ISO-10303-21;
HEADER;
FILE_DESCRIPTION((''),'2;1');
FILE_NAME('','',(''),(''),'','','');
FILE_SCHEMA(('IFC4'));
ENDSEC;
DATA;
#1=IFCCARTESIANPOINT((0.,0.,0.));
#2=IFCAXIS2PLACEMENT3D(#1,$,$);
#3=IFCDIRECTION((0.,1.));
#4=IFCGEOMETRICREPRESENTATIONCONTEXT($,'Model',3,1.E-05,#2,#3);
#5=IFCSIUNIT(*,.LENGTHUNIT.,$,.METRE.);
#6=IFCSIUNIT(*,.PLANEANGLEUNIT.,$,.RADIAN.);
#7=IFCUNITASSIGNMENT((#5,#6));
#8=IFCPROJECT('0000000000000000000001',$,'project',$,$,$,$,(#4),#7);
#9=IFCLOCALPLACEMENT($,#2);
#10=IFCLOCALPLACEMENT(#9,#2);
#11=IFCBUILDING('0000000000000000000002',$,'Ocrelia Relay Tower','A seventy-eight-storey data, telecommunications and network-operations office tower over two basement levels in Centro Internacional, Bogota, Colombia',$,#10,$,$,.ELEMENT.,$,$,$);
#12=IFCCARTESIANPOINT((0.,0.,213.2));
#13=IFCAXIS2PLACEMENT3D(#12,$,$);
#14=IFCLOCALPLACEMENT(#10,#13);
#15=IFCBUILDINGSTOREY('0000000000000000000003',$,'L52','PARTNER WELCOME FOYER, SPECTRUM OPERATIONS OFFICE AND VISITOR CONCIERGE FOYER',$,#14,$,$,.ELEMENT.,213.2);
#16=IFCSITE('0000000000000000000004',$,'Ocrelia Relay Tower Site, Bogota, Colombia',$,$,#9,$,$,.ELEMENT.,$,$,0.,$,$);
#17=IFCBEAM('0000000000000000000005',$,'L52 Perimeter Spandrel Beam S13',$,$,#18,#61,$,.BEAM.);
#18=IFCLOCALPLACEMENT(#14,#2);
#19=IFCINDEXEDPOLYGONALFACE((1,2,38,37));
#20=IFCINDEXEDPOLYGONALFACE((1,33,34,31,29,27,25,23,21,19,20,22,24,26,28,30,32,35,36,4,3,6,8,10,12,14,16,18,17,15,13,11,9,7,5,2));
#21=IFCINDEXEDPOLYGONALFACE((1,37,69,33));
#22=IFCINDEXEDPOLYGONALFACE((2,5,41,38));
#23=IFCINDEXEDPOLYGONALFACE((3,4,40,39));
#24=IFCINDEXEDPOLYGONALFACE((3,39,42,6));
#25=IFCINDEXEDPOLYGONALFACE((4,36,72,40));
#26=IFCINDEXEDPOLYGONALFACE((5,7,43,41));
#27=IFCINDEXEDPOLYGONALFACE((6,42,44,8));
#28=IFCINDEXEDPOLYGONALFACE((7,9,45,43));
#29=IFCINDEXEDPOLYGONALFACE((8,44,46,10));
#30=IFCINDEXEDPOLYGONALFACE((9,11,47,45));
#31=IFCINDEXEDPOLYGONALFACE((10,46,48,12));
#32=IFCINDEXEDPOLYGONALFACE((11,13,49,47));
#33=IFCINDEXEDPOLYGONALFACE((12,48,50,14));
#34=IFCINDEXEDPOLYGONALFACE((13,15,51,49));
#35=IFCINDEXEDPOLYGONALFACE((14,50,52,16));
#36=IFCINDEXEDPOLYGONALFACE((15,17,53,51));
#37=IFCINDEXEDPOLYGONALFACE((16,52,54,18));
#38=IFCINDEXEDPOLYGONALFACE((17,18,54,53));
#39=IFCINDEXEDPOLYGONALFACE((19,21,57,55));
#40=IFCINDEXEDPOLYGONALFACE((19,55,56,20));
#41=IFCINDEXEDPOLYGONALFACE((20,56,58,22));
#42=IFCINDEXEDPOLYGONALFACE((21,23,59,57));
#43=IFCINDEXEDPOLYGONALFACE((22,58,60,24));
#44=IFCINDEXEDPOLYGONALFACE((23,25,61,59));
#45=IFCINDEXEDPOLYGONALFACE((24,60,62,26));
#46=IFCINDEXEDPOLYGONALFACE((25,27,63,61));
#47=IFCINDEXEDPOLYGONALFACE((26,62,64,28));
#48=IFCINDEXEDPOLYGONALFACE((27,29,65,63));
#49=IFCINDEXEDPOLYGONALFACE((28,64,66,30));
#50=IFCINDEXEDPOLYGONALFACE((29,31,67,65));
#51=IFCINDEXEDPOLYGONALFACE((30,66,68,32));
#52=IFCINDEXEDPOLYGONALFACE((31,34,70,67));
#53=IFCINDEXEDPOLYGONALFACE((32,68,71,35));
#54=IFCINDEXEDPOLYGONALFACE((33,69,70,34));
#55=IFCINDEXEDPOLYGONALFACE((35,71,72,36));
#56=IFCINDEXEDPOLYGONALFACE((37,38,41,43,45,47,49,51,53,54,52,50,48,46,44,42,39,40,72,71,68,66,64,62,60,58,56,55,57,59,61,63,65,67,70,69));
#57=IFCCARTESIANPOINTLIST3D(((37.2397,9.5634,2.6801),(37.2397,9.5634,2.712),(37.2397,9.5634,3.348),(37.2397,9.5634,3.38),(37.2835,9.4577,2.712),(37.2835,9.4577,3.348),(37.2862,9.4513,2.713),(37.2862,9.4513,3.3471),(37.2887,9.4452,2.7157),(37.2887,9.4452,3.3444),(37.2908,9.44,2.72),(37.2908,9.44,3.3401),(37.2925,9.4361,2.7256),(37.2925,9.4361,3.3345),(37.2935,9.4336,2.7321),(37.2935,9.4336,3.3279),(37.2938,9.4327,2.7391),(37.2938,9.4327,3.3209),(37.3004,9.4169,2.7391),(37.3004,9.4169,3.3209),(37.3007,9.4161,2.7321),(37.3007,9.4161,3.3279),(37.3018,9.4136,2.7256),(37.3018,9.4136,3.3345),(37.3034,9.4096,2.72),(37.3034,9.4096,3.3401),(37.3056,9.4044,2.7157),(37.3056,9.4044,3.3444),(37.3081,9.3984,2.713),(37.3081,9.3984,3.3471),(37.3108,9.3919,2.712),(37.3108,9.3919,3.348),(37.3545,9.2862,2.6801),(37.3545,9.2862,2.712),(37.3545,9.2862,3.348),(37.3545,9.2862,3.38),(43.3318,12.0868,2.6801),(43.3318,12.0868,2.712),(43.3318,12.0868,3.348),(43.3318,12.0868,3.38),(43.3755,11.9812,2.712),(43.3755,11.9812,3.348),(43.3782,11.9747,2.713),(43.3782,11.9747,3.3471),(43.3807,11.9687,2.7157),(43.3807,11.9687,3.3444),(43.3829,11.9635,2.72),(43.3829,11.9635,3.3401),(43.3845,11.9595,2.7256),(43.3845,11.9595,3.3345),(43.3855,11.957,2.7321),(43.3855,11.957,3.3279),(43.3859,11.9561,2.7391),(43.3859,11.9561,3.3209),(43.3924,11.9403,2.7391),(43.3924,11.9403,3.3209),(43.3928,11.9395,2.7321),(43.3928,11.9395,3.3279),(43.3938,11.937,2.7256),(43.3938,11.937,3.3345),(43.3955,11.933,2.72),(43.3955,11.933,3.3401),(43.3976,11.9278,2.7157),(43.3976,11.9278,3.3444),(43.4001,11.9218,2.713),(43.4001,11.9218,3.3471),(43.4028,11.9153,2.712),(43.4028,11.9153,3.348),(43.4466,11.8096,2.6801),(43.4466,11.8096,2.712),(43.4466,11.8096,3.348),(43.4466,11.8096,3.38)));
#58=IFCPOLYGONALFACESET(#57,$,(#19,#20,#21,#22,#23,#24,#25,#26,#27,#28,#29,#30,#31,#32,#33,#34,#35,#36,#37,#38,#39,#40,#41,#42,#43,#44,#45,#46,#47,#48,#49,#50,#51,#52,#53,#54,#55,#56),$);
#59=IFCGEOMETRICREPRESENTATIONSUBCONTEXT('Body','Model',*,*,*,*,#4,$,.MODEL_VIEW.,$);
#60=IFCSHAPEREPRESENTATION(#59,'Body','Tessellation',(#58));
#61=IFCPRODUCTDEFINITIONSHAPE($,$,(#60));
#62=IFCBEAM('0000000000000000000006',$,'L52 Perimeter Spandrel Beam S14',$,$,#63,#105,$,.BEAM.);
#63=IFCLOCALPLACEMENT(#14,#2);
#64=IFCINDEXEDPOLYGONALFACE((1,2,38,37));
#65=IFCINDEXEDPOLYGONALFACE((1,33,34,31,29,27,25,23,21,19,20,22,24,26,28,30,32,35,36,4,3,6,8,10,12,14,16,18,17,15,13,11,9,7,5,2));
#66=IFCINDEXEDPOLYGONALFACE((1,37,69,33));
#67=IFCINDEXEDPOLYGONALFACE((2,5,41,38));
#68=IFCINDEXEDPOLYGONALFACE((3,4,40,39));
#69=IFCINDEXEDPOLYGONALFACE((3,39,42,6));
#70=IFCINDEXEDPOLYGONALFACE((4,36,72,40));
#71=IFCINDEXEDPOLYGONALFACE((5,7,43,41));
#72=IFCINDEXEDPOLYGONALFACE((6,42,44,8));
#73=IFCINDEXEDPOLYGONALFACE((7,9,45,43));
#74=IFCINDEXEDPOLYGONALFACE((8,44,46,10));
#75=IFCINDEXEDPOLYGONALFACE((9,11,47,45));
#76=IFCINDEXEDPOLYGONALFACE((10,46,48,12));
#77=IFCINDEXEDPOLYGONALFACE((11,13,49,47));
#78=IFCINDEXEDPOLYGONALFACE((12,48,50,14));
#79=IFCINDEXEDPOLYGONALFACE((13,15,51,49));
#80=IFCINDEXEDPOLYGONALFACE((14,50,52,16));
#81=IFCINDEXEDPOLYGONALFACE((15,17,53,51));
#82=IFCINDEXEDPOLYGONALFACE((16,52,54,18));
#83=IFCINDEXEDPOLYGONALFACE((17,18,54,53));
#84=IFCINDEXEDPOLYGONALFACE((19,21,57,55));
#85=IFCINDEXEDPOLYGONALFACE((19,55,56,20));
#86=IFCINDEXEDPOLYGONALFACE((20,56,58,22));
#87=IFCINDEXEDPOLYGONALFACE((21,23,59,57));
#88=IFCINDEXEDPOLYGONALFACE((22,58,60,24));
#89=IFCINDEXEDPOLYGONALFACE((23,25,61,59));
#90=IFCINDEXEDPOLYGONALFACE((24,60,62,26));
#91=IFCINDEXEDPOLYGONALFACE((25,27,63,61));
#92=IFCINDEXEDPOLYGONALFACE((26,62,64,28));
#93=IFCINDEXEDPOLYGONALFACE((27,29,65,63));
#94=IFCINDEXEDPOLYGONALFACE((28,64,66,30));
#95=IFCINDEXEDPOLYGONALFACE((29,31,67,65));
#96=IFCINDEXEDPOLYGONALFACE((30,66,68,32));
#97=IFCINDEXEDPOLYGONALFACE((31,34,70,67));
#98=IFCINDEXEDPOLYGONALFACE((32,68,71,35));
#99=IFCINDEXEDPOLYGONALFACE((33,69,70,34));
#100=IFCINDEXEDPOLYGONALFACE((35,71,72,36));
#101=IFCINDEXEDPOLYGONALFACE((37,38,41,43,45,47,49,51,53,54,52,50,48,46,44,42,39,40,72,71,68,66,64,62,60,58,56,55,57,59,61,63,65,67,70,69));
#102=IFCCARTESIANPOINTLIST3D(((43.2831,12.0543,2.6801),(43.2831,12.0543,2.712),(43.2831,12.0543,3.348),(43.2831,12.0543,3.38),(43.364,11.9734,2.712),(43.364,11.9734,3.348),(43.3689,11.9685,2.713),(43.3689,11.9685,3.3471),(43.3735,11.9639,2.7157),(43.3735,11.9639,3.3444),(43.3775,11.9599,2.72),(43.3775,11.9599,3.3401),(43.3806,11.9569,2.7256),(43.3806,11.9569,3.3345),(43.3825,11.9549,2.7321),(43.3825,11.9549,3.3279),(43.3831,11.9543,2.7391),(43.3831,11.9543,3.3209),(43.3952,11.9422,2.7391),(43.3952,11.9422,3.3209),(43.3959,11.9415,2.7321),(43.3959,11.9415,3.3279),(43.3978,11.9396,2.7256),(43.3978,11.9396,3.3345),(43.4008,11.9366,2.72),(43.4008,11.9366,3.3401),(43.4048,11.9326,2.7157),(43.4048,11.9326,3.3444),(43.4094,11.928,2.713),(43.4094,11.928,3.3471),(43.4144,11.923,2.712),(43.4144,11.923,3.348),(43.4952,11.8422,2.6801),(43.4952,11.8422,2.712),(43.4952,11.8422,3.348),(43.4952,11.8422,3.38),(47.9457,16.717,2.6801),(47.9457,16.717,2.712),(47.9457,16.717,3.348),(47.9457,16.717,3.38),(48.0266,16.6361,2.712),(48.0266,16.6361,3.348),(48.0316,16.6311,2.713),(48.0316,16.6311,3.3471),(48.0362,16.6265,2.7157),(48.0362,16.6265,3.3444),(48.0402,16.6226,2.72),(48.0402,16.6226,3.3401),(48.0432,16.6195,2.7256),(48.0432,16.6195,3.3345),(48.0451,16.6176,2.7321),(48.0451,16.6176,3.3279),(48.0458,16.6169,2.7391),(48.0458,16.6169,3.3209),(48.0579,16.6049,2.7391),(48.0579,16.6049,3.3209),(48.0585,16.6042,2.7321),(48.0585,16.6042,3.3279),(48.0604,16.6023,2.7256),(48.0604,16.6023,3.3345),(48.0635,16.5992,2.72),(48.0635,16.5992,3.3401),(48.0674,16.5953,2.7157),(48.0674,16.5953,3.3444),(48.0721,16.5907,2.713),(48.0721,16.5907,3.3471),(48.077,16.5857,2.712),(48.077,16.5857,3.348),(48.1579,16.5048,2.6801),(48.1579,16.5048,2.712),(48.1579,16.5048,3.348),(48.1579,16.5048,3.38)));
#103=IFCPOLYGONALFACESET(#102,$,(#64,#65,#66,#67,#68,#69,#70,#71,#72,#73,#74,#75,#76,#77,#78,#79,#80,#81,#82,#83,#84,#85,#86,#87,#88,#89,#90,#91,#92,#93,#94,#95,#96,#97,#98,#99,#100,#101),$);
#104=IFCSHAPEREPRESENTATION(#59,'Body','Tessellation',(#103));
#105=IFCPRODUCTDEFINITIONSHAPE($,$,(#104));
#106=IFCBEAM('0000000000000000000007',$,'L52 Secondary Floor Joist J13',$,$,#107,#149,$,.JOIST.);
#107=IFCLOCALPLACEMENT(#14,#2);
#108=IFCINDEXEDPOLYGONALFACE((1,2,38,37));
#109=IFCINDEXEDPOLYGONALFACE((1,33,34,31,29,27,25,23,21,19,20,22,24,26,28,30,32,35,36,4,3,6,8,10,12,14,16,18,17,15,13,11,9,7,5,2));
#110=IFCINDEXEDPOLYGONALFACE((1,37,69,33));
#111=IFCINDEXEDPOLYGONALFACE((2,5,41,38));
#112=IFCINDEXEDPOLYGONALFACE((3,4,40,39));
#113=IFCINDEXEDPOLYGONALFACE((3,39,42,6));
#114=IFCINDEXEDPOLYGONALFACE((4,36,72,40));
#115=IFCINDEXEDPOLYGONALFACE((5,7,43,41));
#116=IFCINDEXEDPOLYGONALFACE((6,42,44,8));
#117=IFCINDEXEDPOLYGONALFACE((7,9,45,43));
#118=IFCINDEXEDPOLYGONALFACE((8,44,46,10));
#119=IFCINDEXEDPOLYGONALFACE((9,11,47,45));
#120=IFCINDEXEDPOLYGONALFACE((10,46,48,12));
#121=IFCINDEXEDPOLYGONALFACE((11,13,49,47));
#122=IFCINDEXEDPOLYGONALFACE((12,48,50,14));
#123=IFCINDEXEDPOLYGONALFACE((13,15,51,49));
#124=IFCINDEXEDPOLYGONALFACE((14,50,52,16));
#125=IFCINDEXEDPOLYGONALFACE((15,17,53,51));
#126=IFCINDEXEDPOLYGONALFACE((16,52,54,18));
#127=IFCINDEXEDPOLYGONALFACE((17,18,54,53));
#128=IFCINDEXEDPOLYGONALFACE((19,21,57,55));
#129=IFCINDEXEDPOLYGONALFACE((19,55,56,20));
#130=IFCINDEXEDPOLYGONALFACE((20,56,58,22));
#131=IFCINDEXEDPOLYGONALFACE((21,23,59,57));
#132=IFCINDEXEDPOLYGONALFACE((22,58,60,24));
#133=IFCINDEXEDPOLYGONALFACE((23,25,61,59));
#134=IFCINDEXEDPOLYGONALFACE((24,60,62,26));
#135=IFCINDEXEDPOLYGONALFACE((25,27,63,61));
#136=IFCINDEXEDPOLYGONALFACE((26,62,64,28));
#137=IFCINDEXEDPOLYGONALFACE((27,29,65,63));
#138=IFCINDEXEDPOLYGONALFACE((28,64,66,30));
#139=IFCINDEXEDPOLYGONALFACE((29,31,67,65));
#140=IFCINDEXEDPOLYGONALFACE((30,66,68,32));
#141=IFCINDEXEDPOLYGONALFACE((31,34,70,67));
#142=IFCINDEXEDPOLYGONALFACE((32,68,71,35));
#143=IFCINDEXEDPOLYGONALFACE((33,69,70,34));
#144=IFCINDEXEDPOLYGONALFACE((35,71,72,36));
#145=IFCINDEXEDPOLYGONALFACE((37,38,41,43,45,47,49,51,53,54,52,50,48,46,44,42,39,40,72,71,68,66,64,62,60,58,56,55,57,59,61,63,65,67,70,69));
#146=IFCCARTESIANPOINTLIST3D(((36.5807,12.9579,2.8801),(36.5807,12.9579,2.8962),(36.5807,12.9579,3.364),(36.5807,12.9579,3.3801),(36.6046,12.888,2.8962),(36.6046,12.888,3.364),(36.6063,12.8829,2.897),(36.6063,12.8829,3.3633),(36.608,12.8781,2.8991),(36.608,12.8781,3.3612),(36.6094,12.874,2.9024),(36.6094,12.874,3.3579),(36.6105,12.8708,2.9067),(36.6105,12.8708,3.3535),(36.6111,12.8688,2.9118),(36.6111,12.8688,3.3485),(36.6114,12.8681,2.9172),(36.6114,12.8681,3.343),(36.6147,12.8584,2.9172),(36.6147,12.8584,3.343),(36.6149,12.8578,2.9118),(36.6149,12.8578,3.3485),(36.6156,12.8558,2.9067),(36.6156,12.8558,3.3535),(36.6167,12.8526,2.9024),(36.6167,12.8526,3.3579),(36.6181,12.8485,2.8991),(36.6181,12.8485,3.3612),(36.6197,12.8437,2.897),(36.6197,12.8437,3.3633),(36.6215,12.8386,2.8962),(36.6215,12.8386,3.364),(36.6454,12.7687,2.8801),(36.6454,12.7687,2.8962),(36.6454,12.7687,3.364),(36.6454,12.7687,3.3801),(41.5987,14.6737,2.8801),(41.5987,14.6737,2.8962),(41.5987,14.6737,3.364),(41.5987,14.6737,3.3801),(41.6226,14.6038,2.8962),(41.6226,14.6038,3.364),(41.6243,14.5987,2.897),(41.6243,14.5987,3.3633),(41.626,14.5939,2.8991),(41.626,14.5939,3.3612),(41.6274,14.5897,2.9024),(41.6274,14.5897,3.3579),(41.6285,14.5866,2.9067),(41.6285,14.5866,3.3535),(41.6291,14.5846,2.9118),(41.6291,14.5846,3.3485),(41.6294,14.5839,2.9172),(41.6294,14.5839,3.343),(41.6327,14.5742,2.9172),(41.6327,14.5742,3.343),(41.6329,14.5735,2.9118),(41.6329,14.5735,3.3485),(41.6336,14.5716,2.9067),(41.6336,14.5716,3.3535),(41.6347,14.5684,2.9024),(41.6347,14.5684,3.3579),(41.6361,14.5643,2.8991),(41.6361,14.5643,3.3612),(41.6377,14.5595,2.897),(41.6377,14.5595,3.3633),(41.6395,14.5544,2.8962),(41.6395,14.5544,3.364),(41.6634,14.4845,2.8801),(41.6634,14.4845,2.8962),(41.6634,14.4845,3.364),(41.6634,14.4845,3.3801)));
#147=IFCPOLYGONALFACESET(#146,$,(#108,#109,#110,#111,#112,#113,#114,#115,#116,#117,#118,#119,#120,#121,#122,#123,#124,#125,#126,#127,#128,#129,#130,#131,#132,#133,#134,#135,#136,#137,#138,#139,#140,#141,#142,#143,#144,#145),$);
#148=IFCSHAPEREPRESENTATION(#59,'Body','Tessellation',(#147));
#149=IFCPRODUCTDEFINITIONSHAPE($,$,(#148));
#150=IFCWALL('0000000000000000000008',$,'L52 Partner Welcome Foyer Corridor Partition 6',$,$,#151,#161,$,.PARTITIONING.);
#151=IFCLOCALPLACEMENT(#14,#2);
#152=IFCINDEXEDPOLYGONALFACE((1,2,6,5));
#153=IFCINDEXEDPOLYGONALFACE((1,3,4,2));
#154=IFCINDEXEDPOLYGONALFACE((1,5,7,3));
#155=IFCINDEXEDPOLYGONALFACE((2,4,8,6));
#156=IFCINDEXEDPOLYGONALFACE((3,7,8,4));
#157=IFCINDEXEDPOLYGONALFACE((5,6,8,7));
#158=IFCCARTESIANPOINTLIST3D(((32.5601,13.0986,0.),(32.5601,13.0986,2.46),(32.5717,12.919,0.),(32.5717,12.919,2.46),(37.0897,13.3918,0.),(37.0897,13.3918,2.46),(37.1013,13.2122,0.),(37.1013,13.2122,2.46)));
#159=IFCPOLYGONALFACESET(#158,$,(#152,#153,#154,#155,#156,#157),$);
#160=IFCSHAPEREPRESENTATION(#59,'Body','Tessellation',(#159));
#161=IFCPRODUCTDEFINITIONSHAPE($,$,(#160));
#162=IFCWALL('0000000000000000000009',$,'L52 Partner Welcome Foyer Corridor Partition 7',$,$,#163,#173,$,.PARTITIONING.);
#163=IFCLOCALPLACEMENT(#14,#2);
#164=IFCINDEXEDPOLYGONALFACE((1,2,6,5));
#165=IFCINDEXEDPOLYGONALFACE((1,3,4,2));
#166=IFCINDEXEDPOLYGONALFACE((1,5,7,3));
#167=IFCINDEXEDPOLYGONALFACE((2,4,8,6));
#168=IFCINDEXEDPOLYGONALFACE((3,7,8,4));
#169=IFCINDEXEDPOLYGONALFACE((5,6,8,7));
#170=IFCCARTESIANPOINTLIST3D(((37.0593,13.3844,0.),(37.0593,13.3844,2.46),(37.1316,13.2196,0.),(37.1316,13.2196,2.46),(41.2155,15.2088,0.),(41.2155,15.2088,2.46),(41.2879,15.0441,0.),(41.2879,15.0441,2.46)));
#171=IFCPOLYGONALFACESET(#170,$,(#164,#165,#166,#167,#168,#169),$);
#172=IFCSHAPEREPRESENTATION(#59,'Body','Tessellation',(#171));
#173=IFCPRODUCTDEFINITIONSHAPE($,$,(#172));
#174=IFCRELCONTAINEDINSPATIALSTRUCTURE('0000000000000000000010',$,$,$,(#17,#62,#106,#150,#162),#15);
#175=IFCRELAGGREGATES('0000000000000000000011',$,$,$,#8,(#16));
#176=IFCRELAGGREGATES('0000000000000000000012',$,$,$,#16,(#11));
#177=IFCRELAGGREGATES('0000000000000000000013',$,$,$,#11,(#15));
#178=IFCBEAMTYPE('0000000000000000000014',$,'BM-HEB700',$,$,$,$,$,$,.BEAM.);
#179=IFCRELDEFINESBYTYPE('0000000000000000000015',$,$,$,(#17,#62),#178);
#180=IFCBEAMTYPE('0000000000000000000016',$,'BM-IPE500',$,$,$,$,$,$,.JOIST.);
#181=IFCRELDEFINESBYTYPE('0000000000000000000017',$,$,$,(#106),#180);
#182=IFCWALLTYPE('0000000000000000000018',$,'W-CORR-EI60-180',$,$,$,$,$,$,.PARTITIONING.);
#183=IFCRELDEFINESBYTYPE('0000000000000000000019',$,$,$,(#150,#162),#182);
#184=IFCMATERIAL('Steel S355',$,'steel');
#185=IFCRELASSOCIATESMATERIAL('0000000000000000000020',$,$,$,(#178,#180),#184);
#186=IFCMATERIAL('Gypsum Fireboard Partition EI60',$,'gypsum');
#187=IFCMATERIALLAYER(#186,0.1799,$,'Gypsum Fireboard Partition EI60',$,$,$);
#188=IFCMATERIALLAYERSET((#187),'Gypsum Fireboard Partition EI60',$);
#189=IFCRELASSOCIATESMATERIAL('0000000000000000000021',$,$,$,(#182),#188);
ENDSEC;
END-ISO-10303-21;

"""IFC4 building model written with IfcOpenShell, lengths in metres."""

from ifc_helpers import new_model, si_unit, direction, frame, frame_2d, origin, origin_2d, place, context, subcontext, project, spatial, rectangle, i_section, extrude, material, layer, layer_set, material_profile, profile_set, type_object, element, save


model = new_model("IFC4")

# Units and contexts
model_context = context("Model", 3, precision=1e-05, world=origin(), true_north=direction((0.0, 1.0)))
body_context = subcontext(model_context, "Body", "Model", "MODEL_VIEW")
ifc_project = project(units=[si_unit("LENGTHUNIT", "METRE"), si_unit("PLANEANGLEUNIT", "RADIAN")], contexts=[model_context])

# Site, building, storey
site_placement = place(None, origin())
site = spatial("IfcSite", under=ifc_project, at=site_placement, Name="Ocrelia Relay Tower Site, Bogota, Colombia", CompositionType="ELEMENT", RefElevation=0.0)
building_placement = place(site_placement, origin())
building = spatial("IfcBuilding", under=site, at=building_placement, Name="Ocrelia Relay Tower", Description="A seventy-eight-storey data, telecommunications and network-operations office tower over two basement levels in Centro Internacional, Bogota, Colombia", CompositionType="ELEMENT")
storey_placement = place(building_placement, frame((0.0, 0.0, 213.2)))
storey = spatial("IfcBuildingStorey", under=building, at=storey_placement, Name="L52", Description="PARTNER WELCOME FOYER, SPECTRUM OPERATIONS OFFICE AND VISITOR CONCIERGE FOYER", CompositionType="ELEMENT", Elevation=213.2)

# Beams
ifc_material_1 = material(Name="Steel S355", Category="steel")
ifc_material_profile_1 = material_profile(ifc_material_1, i_section(OverallWidth=0.3, OverallDepth=0.7, WebThickness=0.0171, FlangeThickness=0.032, FilletRadius=0.0271, at=origin_2d()), Name="HEB 700")
ifc_profile_set_1 = profile_set([ifc_material_profile_1], Name="Steel S355")
beam_type_1 = type_object("IfcBeamType", Name="BM-HEB700", PredefinedType="BEAM", material=ifc_profile_set_1)
for number, where, z_axis, x_axis, name in (
    (1, (37.2971, 9.4248, 3.03), (0.923878, 0.382688, 0.0), (-0.382688, 0.923878, 0.0), "L52 Perimeter Spandrel Beam S13"),
    (2, (43.3892, 11.9482, 3.03), (0.707107, 0.707107, 0.0), (-0.707107, 0.707107, 0.0), "L52 Perimeter Spandrel Beam S14"),
):
    element("IfcBeam", number, at=place(storey_placement, frame(where, z_axis=z_axis, x_axis=x_axis)), inside=storey, type_object=beam_type_1, Name=name, PredefinedType="BEAM", context=body_context, shape_type="SweptSolid", body=[
        extrude(i_section(OverallWidth=0.3, OverallDepth=0.7, WebThickness=0.0171, FlangeThickness=0.032, FilletRadius=0.0271, at=origin_2d()), origin(), (0.0, 0.0, 1.0), 6.594),
    ])
ifc_material_profile_2 = material_profile(ifc_material_1, i_section(OverallWidth=0.2, OverallDepth=0.5, WebThickness=0.0103, FlangeThickness=0.0161, FilletRadius=0.021, at=origin_2d()), Name="IPE 500")
ifc_profile_set_2 = profile_set([ifc_material_profile_2], Name="Steel S355")
beam_type_2 = type_object("IfcBeamType", Name="BM-IPE500", PredefinedType="JOIST", material=ifc_profile_set_2)
beam_1_placement = place(storey_placement, frame((36.613, 12.8633, 3.1301), z_axis=(0.946215, 0.323538, 0.0), x_axis=(-0.323538, 0.946215, 0.0)))
element("IfcBeam", 3, at=beam_1_placement, inside=storey, type_object=beam_type_2, Name="L52 Secondary Floor Joist J13", PredefinedType="JOIST", context=body_context, shape_type="SweptSolid", body=[
    extrude(i_section(OverallWidth=0.2, OverallDepth=0.5, WebThickness=0.0103, FlangeThickness=0.0161, FilletRadius=0.021, at=origin_2d()), origin(), (0.0, 0.0, 1.0), 5.3032),
])

# Walls
ifc_material_2 = material(Name="Gypsum Fireboard Partition EI60", Category="gypsum")
ifc_layer_1 = layer(ifc_material_2, 0.1799, Name="Gypsum Fireboard Partition EI60")
ifc_layer_set_1 = layer_set([ifc_layer_1], Name="Gypsum Fireboard Partition EI60")
wall_type_1 = type_object("IfcWallType", Name="W-CORR-EI60-180", PredefinedType="PARTITIONING", material=ifc_layer_set_1)
for number, where, z_axis, x_axis, name in (
    (4, (32.5659, 13.0088, 0.0), (0.0, 0.0, 1.0), (0.997911, 0.064598, 0.0), "L52 Partner Welcome Foyer Corridor Partition 6"),
    (5, (37.0955, 13.302, 0.0), (0.0, 0.0, 1.0), (0.915663, 0.401947, 0.0), "L52 Partner Welcome Foyer Corridor Partition 7"),
):
    element("IfcWall", number, at=place(storey_placement, frame(where, z_axis=z_axis, x_axis=x_axis)), inside=storey, type_object=wall_type_1, Name=name, PredefinedType="PARTITIONING", context=body_context, shape_type="SweptSolid", body=[
        extrude(rectangle(XDim=4.5391, YDim=0.1799, at=frame_2d((2.2695, 0.0))), origin(), (0.0, 0.0, 1.0), 2.46),
    ])

save(model, "model.ifc")
